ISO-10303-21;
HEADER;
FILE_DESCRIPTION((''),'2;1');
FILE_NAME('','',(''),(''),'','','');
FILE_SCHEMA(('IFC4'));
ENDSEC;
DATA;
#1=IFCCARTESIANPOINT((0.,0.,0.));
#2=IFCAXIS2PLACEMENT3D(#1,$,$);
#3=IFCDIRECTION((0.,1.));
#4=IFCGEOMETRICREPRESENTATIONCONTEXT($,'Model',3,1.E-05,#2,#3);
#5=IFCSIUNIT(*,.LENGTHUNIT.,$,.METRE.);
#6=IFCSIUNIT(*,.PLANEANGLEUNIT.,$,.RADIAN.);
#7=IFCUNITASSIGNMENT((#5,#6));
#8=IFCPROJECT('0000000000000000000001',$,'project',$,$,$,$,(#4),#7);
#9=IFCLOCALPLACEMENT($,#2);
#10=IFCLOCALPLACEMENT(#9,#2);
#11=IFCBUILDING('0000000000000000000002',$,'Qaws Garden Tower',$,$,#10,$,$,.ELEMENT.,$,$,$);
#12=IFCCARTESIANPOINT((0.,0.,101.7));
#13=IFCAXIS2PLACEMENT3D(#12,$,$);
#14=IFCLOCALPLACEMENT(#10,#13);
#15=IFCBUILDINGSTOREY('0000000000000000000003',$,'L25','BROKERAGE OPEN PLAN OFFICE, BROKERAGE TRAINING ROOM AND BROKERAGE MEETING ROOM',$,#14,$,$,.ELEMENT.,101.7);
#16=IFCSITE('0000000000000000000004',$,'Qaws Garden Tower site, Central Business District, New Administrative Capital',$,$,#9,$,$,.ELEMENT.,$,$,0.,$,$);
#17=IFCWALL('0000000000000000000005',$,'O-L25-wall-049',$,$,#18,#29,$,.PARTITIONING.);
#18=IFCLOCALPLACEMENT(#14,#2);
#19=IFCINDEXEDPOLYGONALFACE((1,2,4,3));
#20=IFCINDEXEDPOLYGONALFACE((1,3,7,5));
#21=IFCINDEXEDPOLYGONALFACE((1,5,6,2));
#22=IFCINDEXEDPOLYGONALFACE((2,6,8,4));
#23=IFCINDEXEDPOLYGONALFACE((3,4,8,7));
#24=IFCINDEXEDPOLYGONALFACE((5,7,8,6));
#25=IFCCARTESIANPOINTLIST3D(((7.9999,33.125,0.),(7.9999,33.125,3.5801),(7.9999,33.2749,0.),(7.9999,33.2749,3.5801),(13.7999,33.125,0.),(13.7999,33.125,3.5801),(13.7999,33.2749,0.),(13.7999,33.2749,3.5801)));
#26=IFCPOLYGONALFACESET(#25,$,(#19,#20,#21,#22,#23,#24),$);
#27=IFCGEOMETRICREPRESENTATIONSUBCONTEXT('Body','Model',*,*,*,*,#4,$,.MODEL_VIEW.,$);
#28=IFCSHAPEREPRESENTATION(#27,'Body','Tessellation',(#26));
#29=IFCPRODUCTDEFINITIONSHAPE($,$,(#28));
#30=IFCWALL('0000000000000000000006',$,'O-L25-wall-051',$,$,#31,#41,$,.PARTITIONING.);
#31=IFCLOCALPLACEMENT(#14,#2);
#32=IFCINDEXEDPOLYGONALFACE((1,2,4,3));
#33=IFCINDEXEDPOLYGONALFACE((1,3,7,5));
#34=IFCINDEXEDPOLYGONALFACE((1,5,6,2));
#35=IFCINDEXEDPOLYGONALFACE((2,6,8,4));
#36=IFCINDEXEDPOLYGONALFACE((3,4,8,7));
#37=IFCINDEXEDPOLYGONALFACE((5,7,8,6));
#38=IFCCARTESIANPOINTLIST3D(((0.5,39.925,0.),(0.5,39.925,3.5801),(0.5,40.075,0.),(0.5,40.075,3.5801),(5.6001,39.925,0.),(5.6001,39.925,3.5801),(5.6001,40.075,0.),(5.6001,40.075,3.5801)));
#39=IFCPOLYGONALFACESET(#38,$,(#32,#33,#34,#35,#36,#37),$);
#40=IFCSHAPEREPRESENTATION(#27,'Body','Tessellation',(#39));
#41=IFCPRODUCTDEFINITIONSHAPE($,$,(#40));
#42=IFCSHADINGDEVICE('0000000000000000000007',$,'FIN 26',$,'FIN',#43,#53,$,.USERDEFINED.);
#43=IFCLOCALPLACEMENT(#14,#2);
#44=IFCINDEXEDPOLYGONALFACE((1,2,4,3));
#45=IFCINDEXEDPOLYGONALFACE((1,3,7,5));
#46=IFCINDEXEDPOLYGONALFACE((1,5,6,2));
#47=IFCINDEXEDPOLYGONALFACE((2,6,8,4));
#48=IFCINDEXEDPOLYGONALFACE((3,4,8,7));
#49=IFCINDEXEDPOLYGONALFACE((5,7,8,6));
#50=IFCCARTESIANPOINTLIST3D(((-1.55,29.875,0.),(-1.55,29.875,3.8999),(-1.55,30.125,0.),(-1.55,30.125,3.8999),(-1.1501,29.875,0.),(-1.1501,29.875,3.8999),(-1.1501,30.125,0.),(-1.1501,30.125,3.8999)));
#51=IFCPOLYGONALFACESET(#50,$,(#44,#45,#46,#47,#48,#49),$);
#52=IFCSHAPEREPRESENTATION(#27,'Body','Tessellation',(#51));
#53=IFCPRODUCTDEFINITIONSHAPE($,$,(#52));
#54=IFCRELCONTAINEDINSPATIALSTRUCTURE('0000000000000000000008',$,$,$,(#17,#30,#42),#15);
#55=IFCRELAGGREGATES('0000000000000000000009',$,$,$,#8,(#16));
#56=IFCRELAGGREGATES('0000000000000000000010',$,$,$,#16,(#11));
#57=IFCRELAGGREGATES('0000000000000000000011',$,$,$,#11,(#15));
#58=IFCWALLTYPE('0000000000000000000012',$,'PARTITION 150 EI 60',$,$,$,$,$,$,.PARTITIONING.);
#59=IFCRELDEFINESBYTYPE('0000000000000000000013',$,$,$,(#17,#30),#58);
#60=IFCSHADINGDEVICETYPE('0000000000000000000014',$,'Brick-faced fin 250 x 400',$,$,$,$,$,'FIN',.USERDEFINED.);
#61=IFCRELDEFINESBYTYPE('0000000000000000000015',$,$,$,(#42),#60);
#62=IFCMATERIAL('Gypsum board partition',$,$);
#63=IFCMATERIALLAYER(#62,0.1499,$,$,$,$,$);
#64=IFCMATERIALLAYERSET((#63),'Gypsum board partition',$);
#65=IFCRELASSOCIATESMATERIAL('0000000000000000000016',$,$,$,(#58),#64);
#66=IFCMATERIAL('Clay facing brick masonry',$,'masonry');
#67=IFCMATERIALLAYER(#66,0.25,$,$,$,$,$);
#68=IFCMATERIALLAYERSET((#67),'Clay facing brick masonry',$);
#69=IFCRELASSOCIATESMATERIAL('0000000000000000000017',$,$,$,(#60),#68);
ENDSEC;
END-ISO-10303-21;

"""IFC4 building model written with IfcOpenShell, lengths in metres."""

from ifc_helpers import new_model, si_unit, direction, frame, frame_2d, origin, origin_2d, place, context, subcontext, project, spatial, rectangle, extrude, material, layer, layer_set, type_object, element, save


model = new_model("IFC4")

# Units and contexts
model_context = context("Model", 3, precision=1e-05, world=origin(), true_north=direction((0.0, 1.0)))
body_context = subcontext(model_context, "Body", "Model", "MODEL_VIEW")
ifc_project = project(units=[si_unit("LENGTHUNIT", "METRE"), si_unit("PLANEANGLEUNIT", "RADIAN")], contexts=[model_context])

# Site, building, storey
site_placement = place(None, origin())
site = spatial("IfcSite", under=ifc_project, at=site_placement, Name="Qaws Garden Tower site, Central Business District, New Administrative Capital", CompositionType="ELEMENT", RefElevation=0.0)
building_placement = place(site_placement, origin())
building = spatial("IfcBuilding", under=site, at=building_placement, Name="Qaws Garden Tower", CompositionType="ELEMENT")
storey_placement = place(building_placement, frame((0.0, 0.0, 101.7)))
storey = spatial("IfcBuildingStorey", under=building, at=storey_placement, Name="L25", Description="BROKERAGE OPEN PLAN OFFICE, BROKERAGE TRAINING ROOM AND BROKERAGE MEETING ROOM", CompositionType="ELEMENT", Elevation=101.7)

# Shared definitions
ifc_material_1 = material(Name="Gypsum board partition")
ifc_layer_1 = layer(ifc_material_1, 0.1499)
ifc_layer_set_1 = layer_set([ifc_layer_1], Name="Gypsum board partition")
wall_type_1 = type_object("IfcWallType", Name="PARTITION 150 EI 60", PredefinedType="PARTITIONING", material=ifc_layer_set_1)

# Walls
wall_1_placement = place(storey_placement, frame((8.0, 33.2, 0.0), z_axis=(0.0, 0.0, 1.0), x_axis=(1.0, 0.0, 0.0)))
element("IfcWall", 1, at=wall_1_placement, inside=storey, type_object=wall_type_1, Name="O-L25-wall-049", PredefinedType="PARTITIONING", context=body_context, shape_type="SweptSolid", body=[
    extrude(rectangle(XDim=5.8, YDim=0.1499, at=frame_2d((2.8999, 0.0))), origin(), (0.0, 0.0, 1.0), 3.5801),
])
wall_2_placement = place(storey_placement, frame((0.5, 40.0, 0.0), z_axis=(0.0, 0.0, 1.0), x_axis=(1.0, 0.0, 0.0)))
element("IfcWall", 2, at=wall_2_placement, inside=storey, type_object=wall_type_1, Name="O-L25-wall-051", PredefinedType="PARTITIONING", context=body_context, shape_type="SweptSolid", body=[
    extrude(rectangle(XDim=5.1001, YDim=0.1499, at=frame_2d((2.55, 0.0))), origin(), (0.0, 0.0, 1.0), 3.5801),
])

# Shading device
ifc_material_2 = material(Name="Clay facing brick masonry", Category="masonry")
ifc_layer_2 = layer(ifc_material_2, 0.25)
ifc_layer_set_2 = layer_set([ifc_layer_2], Name="Clay facing brick masonry")
shading_device_type = type_object("IfcShadingDeviceType", Name="Brick-faced fin 250 x 400", ElementType="FIN", PredefinedType="USERDEFINED", material=ifc_layer_set_2)
shading_device_placement = place(storey_placement, frame((-1.3501, 30.0, 0.0), z_axis=(0.0, 0.0, 1.0), x_axis=(0.0, -1.0, 0.0)))
element("IfcShadingDevice", 3, at=shading_device_placement, inside=storey, type_object=shading_device_type, Name="FIN 26", ObjectType="FIN", PredefinedType="USERDEFINED", context=body_context, shape_type="SweptSolid", body=[
    extrude(rectangle(XDim=0.25, YDim=0.3999, at=origin_2d()), origin(), (0.0, 0.0, 1.0), 3.8999),
])

save(model, "model.ifc")
